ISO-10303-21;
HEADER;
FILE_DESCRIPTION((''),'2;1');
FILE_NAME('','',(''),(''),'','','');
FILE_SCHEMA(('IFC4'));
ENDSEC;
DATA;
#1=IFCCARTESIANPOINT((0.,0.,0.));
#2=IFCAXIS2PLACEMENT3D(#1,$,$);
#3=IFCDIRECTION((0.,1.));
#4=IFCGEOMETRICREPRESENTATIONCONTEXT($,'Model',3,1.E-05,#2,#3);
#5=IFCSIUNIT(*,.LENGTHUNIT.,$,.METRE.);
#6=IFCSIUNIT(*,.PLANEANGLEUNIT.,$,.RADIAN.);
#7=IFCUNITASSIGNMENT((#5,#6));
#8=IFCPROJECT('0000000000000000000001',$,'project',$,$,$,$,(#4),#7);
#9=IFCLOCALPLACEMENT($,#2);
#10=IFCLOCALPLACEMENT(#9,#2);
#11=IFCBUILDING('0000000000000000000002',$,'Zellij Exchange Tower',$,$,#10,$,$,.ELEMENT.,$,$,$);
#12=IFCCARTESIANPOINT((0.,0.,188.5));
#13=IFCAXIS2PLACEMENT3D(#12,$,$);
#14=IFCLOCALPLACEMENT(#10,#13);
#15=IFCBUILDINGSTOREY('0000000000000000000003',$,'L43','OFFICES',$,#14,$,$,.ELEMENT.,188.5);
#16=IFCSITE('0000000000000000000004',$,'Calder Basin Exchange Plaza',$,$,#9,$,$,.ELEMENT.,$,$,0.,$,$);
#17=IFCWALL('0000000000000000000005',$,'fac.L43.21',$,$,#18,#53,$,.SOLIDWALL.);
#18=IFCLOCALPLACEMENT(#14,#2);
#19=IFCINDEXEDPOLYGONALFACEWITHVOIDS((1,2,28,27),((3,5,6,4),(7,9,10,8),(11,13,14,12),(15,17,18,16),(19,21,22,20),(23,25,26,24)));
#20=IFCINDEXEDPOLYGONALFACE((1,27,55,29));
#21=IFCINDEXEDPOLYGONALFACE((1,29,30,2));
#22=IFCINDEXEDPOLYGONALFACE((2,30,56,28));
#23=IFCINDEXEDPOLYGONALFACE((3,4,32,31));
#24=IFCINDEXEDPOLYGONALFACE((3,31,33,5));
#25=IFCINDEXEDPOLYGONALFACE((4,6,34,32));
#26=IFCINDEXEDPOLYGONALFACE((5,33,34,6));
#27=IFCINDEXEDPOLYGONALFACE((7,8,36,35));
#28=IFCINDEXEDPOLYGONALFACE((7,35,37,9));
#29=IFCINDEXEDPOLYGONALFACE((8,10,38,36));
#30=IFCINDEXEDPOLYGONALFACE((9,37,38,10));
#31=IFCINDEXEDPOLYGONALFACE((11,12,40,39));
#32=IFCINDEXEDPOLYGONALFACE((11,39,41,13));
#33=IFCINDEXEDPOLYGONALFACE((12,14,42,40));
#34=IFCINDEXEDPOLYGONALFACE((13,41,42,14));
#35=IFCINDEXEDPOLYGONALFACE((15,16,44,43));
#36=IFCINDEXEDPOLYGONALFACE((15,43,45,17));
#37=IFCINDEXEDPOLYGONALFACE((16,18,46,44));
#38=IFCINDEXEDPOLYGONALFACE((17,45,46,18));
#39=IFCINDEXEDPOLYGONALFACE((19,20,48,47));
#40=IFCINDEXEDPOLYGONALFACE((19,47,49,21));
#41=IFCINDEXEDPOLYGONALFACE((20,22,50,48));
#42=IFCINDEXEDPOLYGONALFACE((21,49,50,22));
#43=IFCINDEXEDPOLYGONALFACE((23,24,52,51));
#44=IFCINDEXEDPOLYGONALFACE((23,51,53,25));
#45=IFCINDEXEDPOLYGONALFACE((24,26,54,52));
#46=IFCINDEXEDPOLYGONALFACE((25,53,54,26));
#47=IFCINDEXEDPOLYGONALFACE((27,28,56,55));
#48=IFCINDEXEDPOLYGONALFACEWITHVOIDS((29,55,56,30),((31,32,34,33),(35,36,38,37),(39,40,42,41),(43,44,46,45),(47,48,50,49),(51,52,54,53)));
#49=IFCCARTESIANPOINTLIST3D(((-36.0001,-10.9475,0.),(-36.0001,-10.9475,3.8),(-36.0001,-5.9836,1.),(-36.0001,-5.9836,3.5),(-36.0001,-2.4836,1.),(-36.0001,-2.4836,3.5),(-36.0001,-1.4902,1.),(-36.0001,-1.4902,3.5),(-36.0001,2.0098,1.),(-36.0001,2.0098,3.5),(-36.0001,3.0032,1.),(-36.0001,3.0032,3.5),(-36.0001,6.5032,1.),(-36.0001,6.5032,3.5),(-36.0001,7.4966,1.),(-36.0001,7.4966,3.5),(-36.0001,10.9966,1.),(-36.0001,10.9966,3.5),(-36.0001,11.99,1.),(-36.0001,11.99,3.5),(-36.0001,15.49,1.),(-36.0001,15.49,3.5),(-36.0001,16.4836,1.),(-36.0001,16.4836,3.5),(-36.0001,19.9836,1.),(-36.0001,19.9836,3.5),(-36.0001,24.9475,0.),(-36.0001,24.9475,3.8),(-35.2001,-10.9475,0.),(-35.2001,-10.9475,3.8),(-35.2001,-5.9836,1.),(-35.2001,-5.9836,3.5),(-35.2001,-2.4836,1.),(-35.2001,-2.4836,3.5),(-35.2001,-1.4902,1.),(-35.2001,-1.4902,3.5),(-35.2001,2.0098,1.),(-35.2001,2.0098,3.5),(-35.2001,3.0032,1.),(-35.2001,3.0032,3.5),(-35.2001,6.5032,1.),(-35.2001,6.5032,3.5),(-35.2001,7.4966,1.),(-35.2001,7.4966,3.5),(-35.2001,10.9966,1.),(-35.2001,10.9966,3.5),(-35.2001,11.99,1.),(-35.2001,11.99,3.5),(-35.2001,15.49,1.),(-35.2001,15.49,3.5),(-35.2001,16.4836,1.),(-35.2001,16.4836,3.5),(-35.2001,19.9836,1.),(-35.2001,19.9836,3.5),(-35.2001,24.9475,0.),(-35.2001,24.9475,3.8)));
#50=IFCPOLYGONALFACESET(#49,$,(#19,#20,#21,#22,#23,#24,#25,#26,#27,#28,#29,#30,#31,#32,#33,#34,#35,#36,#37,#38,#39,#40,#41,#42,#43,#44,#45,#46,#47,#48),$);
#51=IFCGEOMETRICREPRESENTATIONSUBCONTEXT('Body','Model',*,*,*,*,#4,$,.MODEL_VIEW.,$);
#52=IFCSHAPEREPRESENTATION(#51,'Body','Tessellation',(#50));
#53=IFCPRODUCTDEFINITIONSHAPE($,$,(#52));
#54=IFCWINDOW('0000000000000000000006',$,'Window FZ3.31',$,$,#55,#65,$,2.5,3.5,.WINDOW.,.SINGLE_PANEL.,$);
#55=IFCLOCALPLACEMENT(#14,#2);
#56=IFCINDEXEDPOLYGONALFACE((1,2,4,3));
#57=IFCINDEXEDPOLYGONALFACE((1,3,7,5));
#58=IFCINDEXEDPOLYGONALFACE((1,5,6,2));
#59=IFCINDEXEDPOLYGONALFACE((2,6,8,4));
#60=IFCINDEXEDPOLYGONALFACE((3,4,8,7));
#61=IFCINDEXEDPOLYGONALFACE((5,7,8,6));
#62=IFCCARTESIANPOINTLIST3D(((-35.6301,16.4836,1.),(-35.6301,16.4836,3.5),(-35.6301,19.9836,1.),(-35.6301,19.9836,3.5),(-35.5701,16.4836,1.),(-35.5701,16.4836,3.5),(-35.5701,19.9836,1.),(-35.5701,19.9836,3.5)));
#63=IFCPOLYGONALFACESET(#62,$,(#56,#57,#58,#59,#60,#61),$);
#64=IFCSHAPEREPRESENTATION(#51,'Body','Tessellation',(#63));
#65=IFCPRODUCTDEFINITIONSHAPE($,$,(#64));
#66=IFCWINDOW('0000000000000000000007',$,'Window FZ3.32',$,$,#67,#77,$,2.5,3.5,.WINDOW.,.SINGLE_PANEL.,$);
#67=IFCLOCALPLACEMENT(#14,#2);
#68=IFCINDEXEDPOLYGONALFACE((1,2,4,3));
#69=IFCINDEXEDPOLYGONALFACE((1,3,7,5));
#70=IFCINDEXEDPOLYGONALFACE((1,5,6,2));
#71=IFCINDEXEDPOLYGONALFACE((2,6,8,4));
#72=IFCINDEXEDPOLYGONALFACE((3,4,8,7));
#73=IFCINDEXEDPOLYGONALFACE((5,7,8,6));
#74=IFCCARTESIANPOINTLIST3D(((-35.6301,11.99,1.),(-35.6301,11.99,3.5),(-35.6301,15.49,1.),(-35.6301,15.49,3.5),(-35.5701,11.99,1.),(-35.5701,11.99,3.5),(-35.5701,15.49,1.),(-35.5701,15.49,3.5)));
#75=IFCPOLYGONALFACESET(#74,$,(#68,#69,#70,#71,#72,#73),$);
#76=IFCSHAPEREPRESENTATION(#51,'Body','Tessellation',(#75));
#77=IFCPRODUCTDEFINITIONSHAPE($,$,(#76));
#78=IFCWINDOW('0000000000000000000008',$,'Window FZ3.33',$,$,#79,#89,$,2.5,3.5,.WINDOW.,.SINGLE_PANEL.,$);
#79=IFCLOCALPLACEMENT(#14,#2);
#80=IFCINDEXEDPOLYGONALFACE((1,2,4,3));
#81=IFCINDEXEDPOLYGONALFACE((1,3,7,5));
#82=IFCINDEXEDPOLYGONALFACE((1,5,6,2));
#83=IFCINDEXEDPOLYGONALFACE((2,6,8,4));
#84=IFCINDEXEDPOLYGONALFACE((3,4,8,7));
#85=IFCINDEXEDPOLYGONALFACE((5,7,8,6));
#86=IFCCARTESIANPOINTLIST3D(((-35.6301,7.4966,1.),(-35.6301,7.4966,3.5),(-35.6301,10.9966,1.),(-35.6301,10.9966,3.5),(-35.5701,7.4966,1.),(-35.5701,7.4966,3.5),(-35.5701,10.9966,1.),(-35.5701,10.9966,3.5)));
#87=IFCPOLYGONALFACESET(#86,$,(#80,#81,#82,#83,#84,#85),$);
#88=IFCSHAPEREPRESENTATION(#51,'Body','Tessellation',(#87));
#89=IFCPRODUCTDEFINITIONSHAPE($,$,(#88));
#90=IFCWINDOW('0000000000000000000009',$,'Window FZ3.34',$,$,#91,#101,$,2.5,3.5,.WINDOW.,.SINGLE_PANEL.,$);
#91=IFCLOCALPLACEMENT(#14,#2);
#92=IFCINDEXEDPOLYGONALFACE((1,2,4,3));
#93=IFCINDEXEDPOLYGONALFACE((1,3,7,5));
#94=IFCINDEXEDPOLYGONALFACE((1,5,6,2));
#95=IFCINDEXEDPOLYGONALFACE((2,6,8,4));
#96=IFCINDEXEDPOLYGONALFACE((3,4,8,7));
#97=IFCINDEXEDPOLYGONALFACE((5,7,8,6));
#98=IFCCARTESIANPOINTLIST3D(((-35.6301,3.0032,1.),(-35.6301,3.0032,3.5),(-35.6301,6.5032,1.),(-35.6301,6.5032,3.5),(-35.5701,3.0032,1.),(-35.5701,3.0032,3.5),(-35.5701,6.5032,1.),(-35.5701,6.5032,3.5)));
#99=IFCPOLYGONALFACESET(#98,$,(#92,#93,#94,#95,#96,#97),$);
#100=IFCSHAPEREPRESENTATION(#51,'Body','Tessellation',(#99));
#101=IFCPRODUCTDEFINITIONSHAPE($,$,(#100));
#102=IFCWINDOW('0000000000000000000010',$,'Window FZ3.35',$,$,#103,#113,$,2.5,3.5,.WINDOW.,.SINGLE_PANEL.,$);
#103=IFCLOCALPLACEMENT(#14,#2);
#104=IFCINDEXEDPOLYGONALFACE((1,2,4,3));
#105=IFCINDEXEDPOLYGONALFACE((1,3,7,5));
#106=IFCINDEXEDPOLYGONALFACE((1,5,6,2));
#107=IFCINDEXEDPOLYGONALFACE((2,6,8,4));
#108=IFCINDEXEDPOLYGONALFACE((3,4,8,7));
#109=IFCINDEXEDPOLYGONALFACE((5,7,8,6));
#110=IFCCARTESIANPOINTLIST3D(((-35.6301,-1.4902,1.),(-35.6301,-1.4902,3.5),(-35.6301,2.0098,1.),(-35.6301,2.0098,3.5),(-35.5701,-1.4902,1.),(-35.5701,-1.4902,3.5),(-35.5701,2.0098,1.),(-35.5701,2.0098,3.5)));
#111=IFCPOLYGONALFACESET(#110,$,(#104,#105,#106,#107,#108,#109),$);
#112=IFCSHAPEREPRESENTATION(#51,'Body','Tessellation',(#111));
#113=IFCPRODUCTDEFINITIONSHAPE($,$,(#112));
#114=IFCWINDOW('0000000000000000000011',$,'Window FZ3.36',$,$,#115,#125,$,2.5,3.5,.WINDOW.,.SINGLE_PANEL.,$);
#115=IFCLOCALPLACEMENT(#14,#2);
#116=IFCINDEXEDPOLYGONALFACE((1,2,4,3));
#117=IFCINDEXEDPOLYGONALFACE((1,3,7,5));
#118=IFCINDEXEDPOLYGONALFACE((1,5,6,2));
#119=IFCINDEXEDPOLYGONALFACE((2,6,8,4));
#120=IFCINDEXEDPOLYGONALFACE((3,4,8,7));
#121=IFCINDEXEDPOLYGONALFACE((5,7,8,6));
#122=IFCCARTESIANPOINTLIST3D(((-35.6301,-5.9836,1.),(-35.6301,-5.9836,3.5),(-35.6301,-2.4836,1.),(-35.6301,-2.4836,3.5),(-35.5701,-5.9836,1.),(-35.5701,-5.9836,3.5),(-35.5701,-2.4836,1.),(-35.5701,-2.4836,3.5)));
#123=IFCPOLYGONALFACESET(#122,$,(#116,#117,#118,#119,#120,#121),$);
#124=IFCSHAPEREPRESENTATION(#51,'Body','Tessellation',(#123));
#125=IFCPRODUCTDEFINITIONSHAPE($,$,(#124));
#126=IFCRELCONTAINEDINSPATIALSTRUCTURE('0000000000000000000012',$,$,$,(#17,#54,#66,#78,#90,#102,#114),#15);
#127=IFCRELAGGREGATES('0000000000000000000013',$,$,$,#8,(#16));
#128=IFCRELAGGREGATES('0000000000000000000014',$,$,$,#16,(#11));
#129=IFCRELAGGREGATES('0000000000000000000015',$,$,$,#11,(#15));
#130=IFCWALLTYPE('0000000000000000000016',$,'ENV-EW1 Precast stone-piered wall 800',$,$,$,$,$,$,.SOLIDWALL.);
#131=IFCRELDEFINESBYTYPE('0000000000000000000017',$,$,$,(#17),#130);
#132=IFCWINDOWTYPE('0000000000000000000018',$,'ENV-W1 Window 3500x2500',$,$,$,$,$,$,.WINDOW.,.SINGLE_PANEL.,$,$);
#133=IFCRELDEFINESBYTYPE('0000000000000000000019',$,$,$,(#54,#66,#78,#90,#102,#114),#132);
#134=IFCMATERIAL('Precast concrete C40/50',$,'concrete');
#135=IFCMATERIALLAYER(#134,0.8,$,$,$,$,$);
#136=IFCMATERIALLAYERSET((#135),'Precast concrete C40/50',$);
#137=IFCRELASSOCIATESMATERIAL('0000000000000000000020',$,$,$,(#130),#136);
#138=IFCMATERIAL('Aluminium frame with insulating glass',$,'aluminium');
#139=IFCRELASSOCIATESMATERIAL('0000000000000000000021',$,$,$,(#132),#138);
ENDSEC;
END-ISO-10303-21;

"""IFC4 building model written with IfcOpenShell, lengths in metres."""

from ifc_helpers import new_model, si_unit, direction, frame, frame_2d, origin, place, context, subcontext, project, spatial, rectangle, extrude, material, layer, layer_set, type_object, element, fill, save


model = new_model("IFC4")

# Units and contexts
model_context = context("Model", 3, precision=1e-05, world=origin(), true_north=direction((0.0, 1.0)))
body_context = subcontext(model_context, "Body", "Model", "MODEL_VIEW")
ifc_project = project(units=[si_unit("LENGTHUNIT", "METRE"), si_unit("PLANEANGLEUNIT", "RADIAN")], contexts=[model_context])

# Site, building, storey
site_placement = place(None, origin())
site = spatial("IfcSite", under=ifc_project, at=site_placement, Name="Calder Basin Exchange Plaza", CompositionType="ELEMENT", RefElevation=0.0)
building_placement = place(site_placement, origin())
building = spatial("IfcBuilding", under=site, at=building_placement, Name="Zellij Exchange Tower", CompositionType="ELEMENT")
storey_placement = place(building_placement, frame((0.0, 0.0, 188.5)))
storey = spatial("IfcBuildingStorey", under=building, at=storey_placement, Name="L43", Description="OFFICES", CompositionType="ELEMENT", Elevation=188.5)

# Shared definitions
ifc_material_1 = material(Name="Precast concrete C40/50", Category="concrete")
ifc_layer_1 = layer(ifc_material_1, 0.8)
ifc_layer_set_1 = layer_set([ifc_layer_1], Name="Precast concrete C40/50")
wall_type = type_object("IfcWallType", Name="ENV-EW1 Precast stone-piered wall 800", PredefinedType="SOLIDWALL", material=ifc_layer_set_1)

# Wall, openings, windows
wall_1_placement = place(storey_placement, frame((-35.6001, 24.9475, 0.0), z_axis=(0.0, 0.0, 1.0), x_axis=(0.0, -1.0, 0.0)))
wall_1 = element("IfcWall", 1, at=wall_1_placement, inside=storey, type_object=wall_type, Name="fac.L43.21", PredefinedType="SOLIDWALL", context=body_context, shape_type="SweptSolid", body=[
    extrude(rectangle(XDim=35.895, YDim=0.8, at=frame_2d((17.9475, 0.0))), origin(), (0.0, 0.0, 1.0), 3.8),
])
opening_1_placement = place(wall_1_placement, frame((4.9639, 0.0, 1.0)))
opening_1 = element("IfcOpeningElement", 2, at=opening_1_placement, cuts=wall_1, PredefinedType="OPENING", context=body_context, shape_type="SweptSolid", body=[
    extrude(rectangle(XDim=3.5, YDim=2.5, at=frame_2d((1.75, 1.25))), frame((0.0, 0.4121, 0.0), z_axis=(0.0, -1.0, 0.0), x_axis=(1.0, 0.0, 0.0)), (0.0, 0.0, 1.0), 0.824),
])
opening_2_placement = place(wall_1_placement, frame((9.4575, 0.0, 1.0)))
opening_2 = element("IfcOpeningElement", 3, at=opening_2_placement, cuts=wall_1, PredefinedType="OPENING", context=body_context, shape_type="SweptSolid", body=[
    extrude(rectangle(XDim=3.5, YDim=2.5, at=frame_2d((1.75, 1.25))), frame((0.0, 0.4121, 0.0), z_axis=(0.0, -1.0, 0.0), x_axis=(1.0, 0.0, 0.0)), (0.0, 0.0, 1.0), 0.824),
])
opening_3_placement = place(wall_1_placement, frame((13.9509, 0.0, 1.0)))
opening_3 = element("IfcOpeningElement", 4, at=opening_3_placement, cuts=wall_1, PredefinedType="OPENING", context=body_context, shape_type="SweptSolid", body=[
    extrude(rectangle(XDim=3.5, YDim=2.5, at=frame_2d((1.75, 1.25))), frame((0.0, 0.4121, 0.0), z_axis=(0.0, -1.0, 0.0), x_axis=(1.0, 0.0, 0.0)), (0.0, 0.0, 1.0), 0.824),
])
opening_4_placement = place(wall_1_placement, frame((18.4443, 0.0, 1.0)))
opening_4 = element("IfcOpeningElement", 5, at=opening_4_placement, cuts=wall_1, PredefinedType="OPENING", context=body_context, shape_type="SweptSolid", body=[
    extrude(rectangle(XDim=3.5, YDim=2.5, at=frame_2d((1.75, 1.25))), frame((0.0, 0.4121, 0.0), z_axis=(0.0, -1.0, 0.0), x_axis=(1.0, 0.0, 0.0)), (0.0, 0.0, 1.0), 0.824),
])
opening_5_placement = place(wall_1_placement, frame((22.9377, 0.0, 1.0)))
opening_5 = element("IfcOpeningElement", 6, at=opening_5_placement, cuts=wall_1, PredefinedType="OPENING", context=body_context, shape_type="SweptSolid", body=[
    extrude(rectangle(XDim=3.5, YDim=2.5, at=frame_2d((1.75, 1.25))), frame((0.0, 0.4121, 0.0), z_axis=(0.0, -1.0, 0.0), x_axis=(1.0, 0.0, 0.0)), (0.0, 0.0, 1.0), 0.824),
])
opening_6_placement = place(wall_1_placement, frame((27.4312, 0.0, 1.0)))
opening_6 = element("IfcOpeningElement", 7, at=opening_6_placement, cuts=wall_1, PredefinedType="OPENING", context=body_context, shape_type="SweptSolid", body=[
    extrude(rectangle(XDim=3.5, YDim=2.5, at=frame_2d((1.75, 1.25))), frame((0.0, 0.4121, 0.0), z_axis=(0.0, -1.0, 0.0), x_axis=(1.0, 0.0, 0.0)), (0.0, 0.0, 1.0), 0.824),
])
ifc_material_2 = material(Name="Aluminium frame with insulating glass", Category="aluminium")
window_type = type_object("IfcWindowType", Name="ENV-W1 Window 3500x2500", PartitioningType="SINGLE_PANEL", PredefinedType="WINDOW", material=ifc_material_2)
window_1_placement = place(opening_1_placement, origin())
window_1 = element("IfcWindow", 8, at=window_1_placement, inside=storey, type_object=window_type, Name="Window FZ3.31", OverallHeight=2.5, OverallWidth=3.5, PartitioningType="SINGLE_PANEL", PredefinedType="WINDOW", context=body_context, shape_type="SweptSolid", body=[
    extrude(rectangle(XDim=3.5, YDim=2.5, at=frame_2d((1.75, 1.25))), frame((0.0, 0.03, 0.0), z_axis=(0.0, -1.0, 0.0), x_axis=(1.0, 0.0, 0.0)), (0.0, 0.0, 1.0), 0.0601),
])
fill(opening_1, window_1)
window_2_placement = place(opening_2_placement, origin())
window_2 = element("IfcWindow", 9, at=window_2_placement, inside=storey, type_object=window_type, Name="Window FZ3.32", OverallHeight=2.5, OverallWidth=3.5, PartitioningType="SINGLE_PANEL", PredefinedType="WINDOW", context=body_context, shape_type="SweptSolid", body=[
    extrude(rectangle(XDim=3.5, YDim=2.5, at=frame_2d((1.75, 1.25))), frame((0.0, 0.03, 0.0), z_axis=(0.0, -1.0, 0.0), x_axis=(1.0, 0.0, 0.0)), (0.0, 0.0, 1.0), 0.0601),
])
fill(opening_2, window_2)
window_3_placement = place(opening_3_placement, origin())
window_3 = element("IfcWindow", 10, at=window_3_placement, inside=storey, type_object=window_type, Name="Window FZ3.33", OverallHeight=2.5, OverallWidth=3.5, PartitioningType="SINGLE_PANEL", PredefinedType="WINDOW", context=body_context, shape_type="SweptSolid", body=[
    extrude(rectangle(XDim=3.5, YDim=2.5, at=frame_2d((1.75, 1.25))), frame((0.0, 0.03, 0.0), z_axis=(0.0, -1.0, 0.0), x_axis=(1.0, 0.0, 0.0)), (0.0, 0.0, 1.0), 0.0601),
])
fill(opening_3, window_3)
window_4_placement = place(opening_4_placement, origin())
window_4 = element("IfcWindow", 11, at=window_4_placement, inside=storey, type_object=window_type, Name="Window FZ3.34", OverallHeight=2.5, OverallWidth=3.5, PartitioningType="SINGLE_PANEL", PredefinedType="WINDOW", context=body_context, shape_type="SweptSolid", body=[
    extrude(rectangle(XDim=3.5, YDim=2.5, at=frame_2d((1.75, 1.25))), frame((0.0, 0.03, 0.0), z_axis=(0.0, -1.0, 0.0), x_axis=(1.0, 0.0, 0.0)), (0.0, 0.0, 1.0), 0.0601),
])
fill(opening_4, window_4)
window_5_placement = place(opening_5_placement, origin())
window_5 = element("IfcWindow", 12, at=window_5_placement, inside=storey, type_object=window_type, Name="Window FZ3.35", OverallHeight=2.5, OverallWidth=3.5, PartitioningType="SINGLE_PANEL", PredefinedType="WINDOW", context=body_context, shape_type="SweptSolid", body=[
    extrude(rectangle(XDim=3.5, YDim=2.5, at=frame_2d((1.75, 1.25))), frame((0.0, 0.03, 0.0), z_axis=(0.0, -1.0, 0.0), x_axis=(1.0, 0.0, 0.0)), (0.0, 0.0, 1.0), 0.0601),
])
fill(opening_5, window_5)
window_6_placement = place(opening_6_placement, origin())
window_6 = element("IfcWindow", 13, at=window_6_placement, inside=storey, type_object=window_type, Name="Window FZ3.36", OverallHeight=2.5, OverallWidth=3.5, PartitioningType="SINGLE_PANEL", PredefinedType="WINDOW", context=body_context, shape_type="SweptSolid", body=[
    extrude(rectangle(XDim=3.5, YDim=2.5, at=frame_2d((1.75, 1.25))), frame((0.0, 0.03, 0.0), z_axis=(0.0, -1.0, 0.0), x_axis=(1.0, 0.0, 0.0)), (0.0, 0.0, 1.0), 0.0601),
])
fill(opening_6, window_6)

save(model, "model.ifc")
